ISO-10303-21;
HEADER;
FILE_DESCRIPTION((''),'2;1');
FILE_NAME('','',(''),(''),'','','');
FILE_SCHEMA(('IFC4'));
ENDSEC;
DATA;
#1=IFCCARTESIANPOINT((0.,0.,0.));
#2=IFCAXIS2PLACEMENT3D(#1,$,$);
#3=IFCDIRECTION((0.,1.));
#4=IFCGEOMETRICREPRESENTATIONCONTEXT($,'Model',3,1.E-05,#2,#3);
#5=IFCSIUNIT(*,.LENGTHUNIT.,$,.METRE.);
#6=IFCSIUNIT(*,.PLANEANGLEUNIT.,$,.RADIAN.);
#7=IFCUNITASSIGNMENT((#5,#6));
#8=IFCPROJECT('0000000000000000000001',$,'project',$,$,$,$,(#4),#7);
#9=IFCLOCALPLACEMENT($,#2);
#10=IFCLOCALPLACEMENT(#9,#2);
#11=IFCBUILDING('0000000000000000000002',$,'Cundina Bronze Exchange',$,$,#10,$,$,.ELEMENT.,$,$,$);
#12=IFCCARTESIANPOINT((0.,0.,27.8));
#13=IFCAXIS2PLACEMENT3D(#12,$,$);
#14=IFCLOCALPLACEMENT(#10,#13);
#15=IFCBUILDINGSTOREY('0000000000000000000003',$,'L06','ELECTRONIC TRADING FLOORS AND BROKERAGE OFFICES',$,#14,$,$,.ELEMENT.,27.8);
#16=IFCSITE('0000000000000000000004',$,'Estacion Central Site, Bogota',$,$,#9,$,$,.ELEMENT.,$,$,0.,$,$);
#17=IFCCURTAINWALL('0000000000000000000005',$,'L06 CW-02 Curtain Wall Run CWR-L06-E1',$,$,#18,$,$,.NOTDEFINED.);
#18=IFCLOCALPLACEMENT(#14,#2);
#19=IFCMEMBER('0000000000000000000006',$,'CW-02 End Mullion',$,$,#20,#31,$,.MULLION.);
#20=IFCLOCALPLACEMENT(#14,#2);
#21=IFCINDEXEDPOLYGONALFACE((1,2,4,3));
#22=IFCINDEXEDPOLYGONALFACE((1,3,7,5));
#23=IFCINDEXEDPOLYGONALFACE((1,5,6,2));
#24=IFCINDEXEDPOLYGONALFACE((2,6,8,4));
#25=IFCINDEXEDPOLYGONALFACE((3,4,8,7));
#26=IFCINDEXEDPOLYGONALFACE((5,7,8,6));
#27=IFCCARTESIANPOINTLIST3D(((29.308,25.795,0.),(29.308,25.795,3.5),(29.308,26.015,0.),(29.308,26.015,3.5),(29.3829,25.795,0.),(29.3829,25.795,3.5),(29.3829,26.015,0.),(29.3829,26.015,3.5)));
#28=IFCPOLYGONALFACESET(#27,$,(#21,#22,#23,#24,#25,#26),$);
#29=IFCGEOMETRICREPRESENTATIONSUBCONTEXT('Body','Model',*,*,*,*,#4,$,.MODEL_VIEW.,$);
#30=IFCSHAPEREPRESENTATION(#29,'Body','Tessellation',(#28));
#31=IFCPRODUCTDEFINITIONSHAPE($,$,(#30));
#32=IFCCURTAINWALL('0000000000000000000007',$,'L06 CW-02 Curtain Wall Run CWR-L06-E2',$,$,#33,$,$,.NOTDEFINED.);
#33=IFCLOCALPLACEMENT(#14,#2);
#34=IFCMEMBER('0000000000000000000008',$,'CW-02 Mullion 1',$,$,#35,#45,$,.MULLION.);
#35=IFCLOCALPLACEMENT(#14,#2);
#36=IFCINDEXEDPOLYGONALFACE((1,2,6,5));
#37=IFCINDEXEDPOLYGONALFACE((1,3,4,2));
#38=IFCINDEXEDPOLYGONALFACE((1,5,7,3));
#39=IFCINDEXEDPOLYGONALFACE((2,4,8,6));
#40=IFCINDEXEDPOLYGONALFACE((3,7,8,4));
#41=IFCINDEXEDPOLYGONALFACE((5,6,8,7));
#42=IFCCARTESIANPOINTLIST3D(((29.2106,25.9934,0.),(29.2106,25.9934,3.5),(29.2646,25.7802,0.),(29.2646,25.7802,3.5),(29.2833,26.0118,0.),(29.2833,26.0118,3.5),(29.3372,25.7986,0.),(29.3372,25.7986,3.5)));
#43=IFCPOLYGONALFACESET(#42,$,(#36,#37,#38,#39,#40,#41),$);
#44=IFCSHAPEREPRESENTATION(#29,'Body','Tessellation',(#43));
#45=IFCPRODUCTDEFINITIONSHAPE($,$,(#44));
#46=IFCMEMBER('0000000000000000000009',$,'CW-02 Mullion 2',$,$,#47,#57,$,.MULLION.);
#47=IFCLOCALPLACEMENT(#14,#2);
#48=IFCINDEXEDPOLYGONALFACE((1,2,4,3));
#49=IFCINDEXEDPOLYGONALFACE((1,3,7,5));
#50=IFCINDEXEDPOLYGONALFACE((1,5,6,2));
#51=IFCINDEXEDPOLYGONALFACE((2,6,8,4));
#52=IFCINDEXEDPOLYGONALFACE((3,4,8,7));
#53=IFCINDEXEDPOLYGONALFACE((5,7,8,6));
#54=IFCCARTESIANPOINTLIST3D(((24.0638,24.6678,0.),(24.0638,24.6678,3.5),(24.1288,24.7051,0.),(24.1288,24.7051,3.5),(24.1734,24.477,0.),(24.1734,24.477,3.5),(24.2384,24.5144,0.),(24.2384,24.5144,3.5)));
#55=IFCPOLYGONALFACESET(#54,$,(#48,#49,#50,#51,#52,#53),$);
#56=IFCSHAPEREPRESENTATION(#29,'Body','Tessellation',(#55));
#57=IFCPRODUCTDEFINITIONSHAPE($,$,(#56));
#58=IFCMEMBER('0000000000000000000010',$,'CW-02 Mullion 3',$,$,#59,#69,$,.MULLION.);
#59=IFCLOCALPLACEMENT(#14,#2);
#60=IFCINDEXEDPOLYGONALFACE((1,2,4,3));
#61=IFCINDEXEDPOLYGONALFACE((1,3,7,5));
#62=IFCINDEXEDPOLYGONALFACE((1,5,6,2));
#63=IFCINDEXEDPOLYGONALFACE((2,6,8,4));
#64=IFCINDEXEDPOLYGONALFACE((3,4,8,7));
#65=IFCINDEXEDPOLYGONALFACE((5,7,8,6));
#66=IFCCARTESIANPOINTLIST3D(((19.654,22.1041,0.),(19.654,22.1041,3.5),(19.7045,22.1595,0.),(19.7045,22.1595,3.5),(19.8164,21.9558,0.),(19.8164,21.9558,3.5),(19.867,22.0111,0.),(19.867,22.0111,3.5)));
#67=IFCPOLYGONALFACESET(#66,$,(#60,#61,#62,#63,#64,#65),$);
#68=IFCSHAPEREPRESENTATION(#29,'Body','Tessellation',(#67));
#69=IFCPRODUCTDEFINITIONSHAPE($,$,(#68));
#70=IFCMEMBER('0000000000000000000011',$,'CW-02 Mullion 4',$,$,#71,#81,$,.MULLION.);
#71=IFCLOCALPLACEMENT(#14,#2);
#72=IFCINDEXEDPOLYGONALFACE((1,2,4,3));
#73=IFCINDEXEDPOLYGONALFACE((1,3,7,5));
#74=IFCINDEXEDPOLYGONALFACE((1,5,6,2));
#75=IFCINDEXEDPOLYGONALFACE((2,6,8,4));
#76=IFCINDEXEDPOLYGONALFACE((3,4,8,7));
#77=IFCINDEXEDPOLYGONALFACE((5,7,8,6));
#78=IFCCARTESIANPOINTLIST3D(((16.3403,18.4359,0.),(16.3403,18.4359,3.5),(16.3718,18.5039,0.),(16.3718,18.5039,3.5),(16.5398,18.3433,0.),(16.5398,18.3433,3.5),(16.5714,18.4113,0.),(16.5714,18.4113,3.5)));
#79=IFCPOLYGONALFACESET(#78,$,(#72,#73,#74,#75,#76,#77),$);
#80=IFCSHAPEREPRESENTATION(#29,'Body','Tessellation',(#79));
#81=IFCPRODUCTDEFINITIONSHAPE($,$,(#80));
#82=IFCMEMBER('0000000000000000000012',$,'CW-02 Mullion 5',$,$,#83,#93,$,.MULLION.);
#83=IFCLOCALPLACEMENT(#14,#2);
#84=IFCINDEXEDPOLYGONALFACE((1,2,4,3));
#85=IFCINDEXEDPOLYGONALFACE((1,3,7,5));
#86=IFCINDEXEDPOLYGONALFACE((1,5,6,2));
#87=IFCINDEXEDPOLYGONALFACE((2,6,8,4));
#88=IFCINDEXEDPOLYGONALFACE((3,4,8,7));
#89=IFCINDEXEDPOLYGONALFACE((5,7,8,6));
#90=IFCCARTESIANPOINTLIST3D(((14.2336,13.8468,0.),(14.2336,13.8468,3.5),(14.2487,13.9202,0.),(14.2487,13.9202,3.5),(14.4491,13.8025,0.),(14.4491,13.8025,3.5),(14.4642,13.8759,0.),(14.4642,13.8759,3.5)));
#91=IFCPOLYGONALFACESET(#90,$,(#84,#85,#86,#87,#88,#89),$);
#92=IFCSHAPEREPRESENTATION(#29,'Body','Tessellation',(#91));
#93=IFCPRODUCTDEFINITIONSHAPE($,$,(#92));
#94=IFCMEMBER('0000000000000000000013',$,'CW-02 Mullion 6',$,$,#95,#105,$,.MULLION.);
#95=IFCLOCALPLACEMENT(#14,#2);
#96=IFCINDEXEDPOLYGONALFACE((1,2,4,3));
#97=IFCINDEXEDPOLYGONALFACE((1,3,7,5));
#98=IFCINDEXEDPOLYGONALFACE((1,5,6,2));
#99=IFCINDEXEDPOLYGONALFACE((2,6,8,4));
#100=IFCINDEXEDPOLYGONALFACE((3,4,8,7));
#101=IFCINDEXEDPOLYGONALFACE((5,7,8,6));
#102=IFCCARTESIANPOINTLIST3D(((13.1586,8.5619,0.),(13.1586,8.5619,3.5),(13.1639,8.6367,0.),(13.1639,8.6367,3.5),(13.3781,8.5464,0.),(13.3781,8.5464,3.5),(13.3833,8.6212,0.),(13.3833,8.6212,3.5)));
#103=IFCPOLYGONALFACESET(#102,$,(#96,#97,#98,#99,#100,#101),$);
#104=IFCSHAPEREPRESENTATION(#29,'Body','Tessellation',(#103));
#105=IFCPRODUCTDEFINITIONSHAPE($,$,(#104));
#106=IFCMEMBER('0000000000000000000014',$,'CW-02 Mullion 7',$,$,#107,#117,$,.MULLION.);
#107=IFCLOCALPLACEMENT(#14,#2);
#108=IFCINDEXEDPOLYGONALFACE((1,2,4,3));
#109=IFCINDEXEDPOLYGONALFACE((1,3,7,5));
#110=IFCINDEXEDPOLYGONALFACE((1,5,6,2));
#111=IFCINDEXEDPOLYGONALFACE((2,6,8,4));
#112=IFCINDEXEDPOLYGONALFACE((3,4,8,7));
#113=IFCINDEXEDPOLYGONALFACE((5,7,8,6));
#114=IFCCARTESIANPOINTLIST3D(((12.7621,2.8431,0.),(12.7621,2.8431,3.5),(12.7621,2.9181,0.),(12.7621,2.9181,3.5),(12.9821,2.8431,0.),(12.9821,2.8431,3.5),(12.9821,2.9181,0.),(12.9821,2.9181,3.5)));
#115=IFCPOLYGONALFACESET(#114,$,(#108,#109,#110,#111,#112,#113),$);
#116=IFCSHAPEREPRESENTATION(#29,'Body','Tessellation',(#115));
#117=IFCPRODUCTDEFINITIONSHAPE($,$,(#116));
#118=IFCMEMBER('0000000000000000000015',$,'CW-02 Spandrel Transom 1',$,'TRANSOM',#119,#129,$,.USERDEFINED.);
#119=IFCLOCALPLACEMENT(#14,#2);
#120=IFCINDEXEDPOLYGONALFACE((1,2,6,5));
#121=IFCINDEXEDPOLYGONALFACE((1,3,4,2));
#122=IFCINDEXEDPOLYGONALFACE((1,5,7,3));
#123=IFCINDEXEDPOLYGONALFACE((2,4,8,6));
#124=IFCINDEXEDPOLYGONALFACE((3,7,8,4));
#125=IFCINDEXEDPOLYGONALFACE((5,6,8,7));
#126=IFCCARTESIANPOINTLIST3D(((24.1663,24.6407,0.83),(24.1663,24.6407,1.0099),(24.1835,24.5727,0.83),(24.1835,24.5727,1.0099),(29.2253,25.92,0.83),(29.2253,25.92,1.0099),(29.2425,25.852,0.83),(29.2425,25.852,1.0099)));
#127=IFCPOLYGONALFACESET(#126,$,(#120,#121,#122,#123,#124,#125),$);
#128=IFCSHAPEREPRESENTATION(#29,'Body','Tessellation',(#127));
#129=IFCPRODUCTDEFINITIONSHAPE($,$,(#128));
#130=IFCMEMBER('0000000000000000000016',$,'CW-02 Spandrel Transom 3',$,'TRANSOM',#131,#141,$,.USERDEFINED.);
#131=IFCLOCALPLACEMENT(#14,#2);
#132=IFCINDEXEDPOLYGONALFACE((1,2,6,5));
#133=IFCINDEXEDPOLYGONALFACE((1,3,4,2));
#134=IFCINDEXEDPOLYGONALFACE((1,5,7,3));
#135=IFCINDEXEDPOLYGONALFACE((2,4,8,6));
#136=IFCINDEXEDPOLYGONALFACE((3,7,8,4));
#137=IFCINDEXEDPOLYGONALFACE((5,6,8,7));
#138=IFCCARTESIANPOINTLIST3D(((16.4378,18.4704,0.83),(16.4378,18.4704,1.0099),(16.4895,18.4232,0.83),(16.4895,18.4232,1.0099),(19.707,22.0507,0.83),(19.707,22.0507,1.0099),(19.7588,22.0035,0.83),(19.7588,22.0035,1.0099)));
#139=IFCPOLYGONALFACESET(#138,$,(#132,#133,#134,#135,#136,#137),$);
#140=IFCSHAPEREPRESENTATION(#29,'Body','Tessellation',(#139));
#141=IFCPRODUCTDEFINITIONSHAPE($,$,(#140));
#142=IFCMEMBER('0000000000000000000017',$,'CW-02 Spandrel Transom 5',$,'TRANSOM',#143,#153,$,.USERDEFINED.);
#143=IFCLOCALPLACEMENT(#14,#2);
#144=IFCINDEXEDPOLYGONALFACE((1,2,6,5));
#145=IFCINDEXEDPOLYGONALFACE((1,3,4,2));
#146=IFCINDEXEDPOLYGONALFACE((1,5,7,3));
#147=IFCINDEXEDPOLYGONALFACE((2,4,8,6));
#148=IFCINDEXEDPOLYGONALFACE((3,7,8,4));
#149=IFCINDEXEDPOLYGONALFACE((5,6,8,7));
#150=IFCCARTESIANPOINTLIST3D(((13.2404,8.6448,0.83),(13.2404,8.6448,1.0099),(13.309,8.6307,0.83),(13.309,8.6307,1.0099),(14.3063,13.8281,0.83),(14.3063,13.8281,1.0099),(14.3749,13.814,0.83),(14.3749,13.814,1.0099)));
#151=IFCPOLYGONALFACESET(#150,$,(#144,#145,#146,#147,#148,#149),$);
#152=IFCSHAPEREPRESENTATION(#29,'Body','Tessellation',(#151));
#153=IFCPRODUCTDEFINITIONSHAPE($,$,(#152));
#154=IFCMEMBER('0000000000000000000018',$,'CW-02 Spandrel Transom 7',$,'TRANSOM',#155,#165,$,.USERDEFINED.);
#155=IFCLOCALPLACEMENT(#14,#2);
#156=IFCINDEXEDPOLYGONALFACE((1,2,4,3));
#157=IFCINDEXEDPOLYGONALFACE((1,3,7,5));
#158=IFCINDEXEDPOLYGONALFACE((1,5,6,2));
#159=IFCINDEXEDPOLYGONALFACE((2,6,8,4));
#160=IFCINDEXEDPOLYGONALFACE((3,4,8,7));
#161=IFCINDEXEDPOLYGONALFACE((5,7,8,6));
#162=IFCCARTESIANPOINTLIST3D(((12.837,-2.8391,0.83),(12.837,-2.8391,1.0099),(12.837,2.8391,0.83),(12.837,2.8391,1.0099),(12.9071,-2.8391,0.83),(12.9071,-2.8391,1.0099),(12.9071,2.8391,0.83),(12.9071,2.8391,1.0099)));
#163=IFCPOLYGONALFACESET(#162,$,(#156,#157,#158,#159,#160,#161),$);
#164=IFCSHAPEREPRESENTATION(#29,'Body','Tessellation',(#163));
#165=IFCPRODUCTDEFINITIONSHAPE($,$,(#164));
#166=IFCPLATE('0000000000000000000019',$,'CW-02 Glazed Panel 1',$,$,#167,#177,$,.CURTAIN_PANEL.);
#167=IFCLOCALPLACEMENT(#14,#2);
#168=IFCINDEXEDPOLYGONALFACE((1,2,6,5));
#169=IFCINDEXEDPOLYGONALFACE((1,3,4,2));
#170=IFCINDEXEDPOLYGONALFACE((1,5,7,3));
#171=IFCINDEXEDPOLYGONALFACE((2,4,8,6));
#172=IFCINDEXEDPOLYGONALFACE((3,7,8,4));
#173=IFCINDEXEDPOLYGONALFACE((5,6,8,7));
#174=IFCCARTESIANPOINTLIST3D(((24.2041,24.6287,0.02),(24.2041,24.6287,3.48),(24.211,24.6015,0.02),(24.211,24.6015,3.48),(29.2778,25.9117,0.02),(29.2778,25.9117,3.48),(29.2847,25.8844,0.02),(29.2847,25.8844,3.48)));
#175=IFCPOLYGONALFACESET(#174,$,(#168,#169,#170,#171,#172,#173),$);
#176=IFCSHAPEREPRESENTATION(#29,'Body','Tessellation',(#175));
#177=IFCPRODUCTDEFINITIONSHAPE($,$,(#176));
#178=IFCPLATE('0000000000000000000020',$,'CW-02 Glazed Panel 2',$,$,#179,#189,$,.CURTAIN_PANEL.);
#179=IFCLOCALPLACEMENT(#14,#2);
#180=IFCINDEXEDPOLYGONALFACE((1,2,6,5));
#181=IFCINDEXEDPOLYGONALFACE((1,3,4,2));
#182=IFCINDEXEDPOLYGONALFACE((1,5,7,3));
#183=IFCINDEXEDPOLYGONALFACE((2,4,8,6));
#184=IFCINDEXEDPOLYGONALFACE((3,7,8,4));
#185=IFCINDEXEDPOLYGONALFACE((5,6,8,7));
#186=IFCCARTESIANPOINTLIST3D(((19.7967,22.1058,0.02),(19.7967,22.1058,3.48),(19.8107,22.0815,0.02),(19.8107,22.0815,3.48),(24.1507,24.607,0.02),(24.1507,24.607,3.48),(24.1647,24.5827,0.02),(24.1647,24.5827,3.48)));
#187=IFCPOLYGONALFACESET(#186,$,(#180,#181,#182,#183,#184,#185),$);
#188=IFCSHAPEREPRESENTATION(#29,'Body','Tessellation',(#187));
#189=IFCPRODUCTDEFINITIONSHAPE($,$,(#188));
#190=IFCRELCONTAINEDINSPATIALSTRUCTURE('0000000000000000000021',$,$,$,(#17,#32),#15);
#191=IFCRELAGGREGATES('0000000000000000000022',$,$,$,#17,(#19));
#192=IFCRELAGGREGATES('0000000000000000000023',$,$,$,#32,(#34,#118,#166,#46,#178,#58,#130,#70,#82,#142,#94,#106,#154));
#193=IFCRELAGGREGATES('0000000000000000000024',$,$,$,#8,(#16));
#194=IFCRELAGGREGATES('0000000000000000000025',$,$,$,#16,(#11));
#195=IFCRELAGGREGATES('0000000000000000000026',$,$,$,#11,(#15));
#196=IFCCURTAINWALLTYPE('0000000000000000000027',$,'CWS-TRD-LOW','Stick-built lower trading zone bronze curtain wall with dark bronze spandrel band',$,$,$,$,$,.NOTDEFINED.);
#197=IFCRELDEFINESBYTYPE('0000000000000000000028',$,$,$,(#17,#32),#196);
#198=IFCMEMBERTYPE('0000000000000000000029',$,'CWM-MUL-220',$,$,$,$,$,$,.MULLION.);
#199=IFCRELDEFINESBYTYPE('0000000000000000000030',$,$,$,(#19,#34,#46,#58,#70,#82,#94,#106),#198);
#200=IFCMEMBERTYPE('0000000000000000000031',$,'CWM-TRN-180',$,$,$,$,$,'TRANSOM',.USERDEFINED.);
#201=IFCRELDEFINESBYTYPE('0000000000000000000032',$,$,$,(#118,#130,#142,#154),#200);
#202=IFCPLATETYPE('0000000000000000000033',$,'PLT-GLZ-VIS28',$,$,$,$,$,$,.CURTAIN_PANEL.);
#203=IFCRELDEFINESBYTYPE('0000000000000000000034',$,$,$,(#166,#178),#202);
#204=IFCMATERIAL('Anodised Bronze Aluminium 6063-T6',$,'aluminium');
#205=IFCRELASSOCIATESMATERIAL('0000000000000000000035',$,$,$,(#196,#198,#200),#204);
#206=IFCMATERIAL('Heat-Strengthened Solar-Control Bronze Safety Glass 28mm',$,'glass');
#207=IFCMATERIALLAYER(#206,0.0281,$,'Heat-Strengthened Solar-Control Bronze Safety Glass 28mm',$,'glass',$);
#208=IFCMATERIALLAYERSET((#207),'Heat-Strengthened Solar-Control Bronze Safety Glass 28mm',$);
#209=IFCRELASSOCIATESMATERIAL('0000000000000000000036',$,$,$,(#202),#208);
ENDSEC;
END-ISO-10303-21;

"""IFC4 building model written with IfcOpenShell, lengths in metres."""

from ifc_helpers import new_model, si_unit, direction, frame, origin, origin_2d, place, context, subcontext, project, spatial, rectangle, extrude, material, layer, layer_set, material_profile, profile_set, type_object, element, aggregate, save


model = new_model("IFC4")

# Units and contexts
model_context = context("Model", 3, precision=1e-05, world=origin(), true_north=direction((0.0, 1.0)))
body_context = subcontext(model_context, "Body", "Model", "MODEL_VIEW")
ifc_project = project(units=[si_unit("LENGTHUNIT", "METRE"), si_unit("PLANEANGLEUNIT", "RADIAN")], contexts=[model_context])

# Site, building, storey
site_placement = place(None, origin())
site = spatial("IfcSite", under=ifc_project, at=site_placement, Name="Estacion Central Site, Bogota", CompositionType="ELEMENT", RefElevation=0.0)
building_placement = place(site_placement, origin())
building = spatial("IfcBuilding", under=site, at=building_placement, Name="Cundina Bronze Exchange", CompositionType="ELEMENT")
storey_placement = place(building_placement, frame((0.0, 0.0, 27.8)))
storey = spatial("IfcBuildingStorey", under=building, at=storey_placement, Name="L06", Description="ELECTRONIC TRADING FLOORS AND BROKERAGE OFFICES", CompositionType="ELEMENT", Elevation=27.8)

# Curtain wall, member
ifc_material_1 = material(Name="Anodised Bronze Aluminium 6063-T6", Category="aluminium")
curtain_wall_type = type_object("IfcCurtainWallType", Name="CWS-TRD-LOW", Description="Stick-built lower trading zone bronze curtain wall with dark bronze spandrel band", PredefinedType="NOTDEFINED", material=ifc_material_1)
curtain_wall_1_placement = place(storey_placement, origin())
curtain_wall_1 = element("IfcCurtainWall", 1, at=curtain_wall_1_placement, inside=storey, type_object=curtain_wall_type, Name="L06 CW-02 Curtain Wall Run CWR-L06-E1", PredefinedType="NOTDEFINED")
ifc_material_profile_1 = material_profile(ifc_material_1, rectangle(XDim=0.075, YDim=0.22, at=origin_2d()), Name="AL75X220", Category="aluminium")
ifc_profile_set_1 = profile_set([ifc_material_profile_1], Name="Anodised Bronze Aluminium 6063-T6")
member_type_1 = type_object("IfcMemberType", Name="CWM-MUL-220", PredefinedType="MULLION", material=ifc_profile_set_1)
member_1_placement = place(storey_placement, frame((29.3455, 25.905, 0.0), z_axis=(0.0, 0.0, 1.0), x_axis=(-1.0, 0.0, 0.0)))
member_1 = element("IfcMember", 2, at=member_1_placement, type_object=member_type_1, Name="CW-02 End Mullion", PredefinedType="MULLION", context=body_context, shape_type="SweptSolid", body=[
    extrude(rectangle(XDim=0.075, YDim=0.22, at=origin_2d()), origin(), (0.0, 0.0, 1.0), 3.5),
])
aggregate(curtain_wall_1, [member_1])

# Curtain wall, members, plates
curtain_wall_2_placement = place(storey_placement, origin())
curtain_wall_2 = element("IfcCurtainWall", 3, at=curtain_wall_2_placement, inside=storey, type_object=curtain_wall_type, Name="L06 CW-02 Curtain Wall Run CWR-L06-E2", PredefinedType="NOTDEFINED")
member_2_placement = place(storey_placement, frame((29.2739, 25.896, 0.0), z_axis=(0.0, 0.0, 1.0), x_axis=(-0.969488, -0.245138, 0.0)))
member_2 = element("IfcMember", 4, at=member_2_placement, type_object=member_type_1, Name="CW-02 Mullion 1", PredefinedType="MULLION", context=body_context, shape_type="SweptSolid", body=[
    extrude(rectangle(XDim=0.075, YDim=0.22, at=origin_2d()), origin(), (0.0, 0.0, 1.0), 3.5),
])
member_3_placement = place(storey_placement, frame((24.1511, 24.5911, 0.0), z_axis=(0.0, 0.0, 1.0), x_axis=(-0.867071, -0.498185, 0.0)))
member_3 = element("IfcMember", 5, at=member_3_placement, type_object=member_type_1, Name="CW-02 Mullion 2", PredefinedType="MULLION", context=body_context, shape_type="SweptSolid", body=[
    extrude(rectangle(XDim=0.075, YDim=0.22, at=origin_2d()), origin(), (0.0, 0.0, 1.0), 3.5),
])
member_4_placement = place(storey_placement, frame((19.7605, 22.0576, 0.0), z_axis=(0.0, 0.0, 1.0), x_axis=(-0.674302, -0.738455, 0.0)))
member_4 = element("IfcMember", 6, at=member_4_placement, type_object=member_type_1, Name="CW-02 Mullion 3", PredefinedType="MULLION", context=body_context, shape_type="SweptSolid", body=[
    extrude(rectangle(XDim=0.075, YDim=0.22, at=origin_2d()), origin(), (0.0, 0.0, 1.0), 3.5),
])
member_5_placement = place(storey_placement, frame((16.4558, 18.4236, 0.0), z_axis=(0.0, 0.0, 1.0), x_axis=(-0.420877, -0.907117, 0.0)))
member_5 = element("IfcMember", 7, at=member_5_placement, type_object=member_type_1, Name="CW-02 Mullion 4", PredefinedType="MULLION", context=body_context, shape_type="SweptSolid", body=[
    extrude(rectangle(XDim=0.075, YDim=0.22, at=origin_2d()), origin(), (0.0, 0.0, 1.0), 3.5),
])
member_6_placement = place(storey_placement, frame((14.3489, 13.8613, 0.0), z_axis=(0.0, 0.0, 1.0), x_axis=(-0.20142, -0.979505, 0.0)))
member_6 = element("IfcMember", 8, at=member_6_placement, type_object=member_type_1, Name="CW-02 Mullion 5", PredefinedType="MULLION", context=body_context, shape_type="SweptSolid", body=[
    extrude(rectangle(XDim=0.075, YDim=0.22, at=origin_2d()), origin(), (0.0, 0.0, 1.0), 3.5),
])
member_7_placement = place(storey_placement, frame((13.271, 8.5916, 0.0), z_axis=(0.0, 0.0, 1.0), x_axis=(-0.070279, -0.997527, 0.0)))
member_7 = element("IfcMember", 9, at=member_7_placement, type_object=member_type_1, Name="CW-02 Mullion 6", PredefinedType="MULLION", context=body_context, shape_type="SweptSolid", body=[
    extrude(rectangle(XDim=0.075, YDim=0.22, at=origin_2d()), origin(), (0.0, 0.0, 1.0), 3.5),
])
member_8_placement = place(storey_placement, frame((12.8721, 2.8806, 0.0), z_axis=(0.0, 0.0, 1.0), x_axis=(0.0, -1.0, 0.0)))
member_8 = element("IfcMember", 10, at=member_8_placement, type_object=member_type_1, Name="CW-02 Mullion 7", PredefinedType="MULLION", context=body_context, shape_type="SweptSolid", body=[
    extrude(rectangle(XDim=0.075, YDim=0.22, at=origin_2d()), origin(), (0.0, 0.0, 1.0), 3.5),
])
ifc_material_profile_2 = material_profile(ifc_material_1, rectangle(XDim=0.0701, YDim=0.1799, at=origin_2d()), Name="AL70X180", Category="aluminium")
ifc_profile_set_2 = profile_set([ifc_material_profile_2], Name="Anodised Bronze Aluminium 6063-T6")
member_type_2 = type_object("IfcMemberType", Name="CWM-TRN-180", ElementType="TRANSOM", PredefinedType="USERDEFINED", material=ifc_profile_set_2)
member_9_placement = place(storey_placement, frame((29.2339, 25.886, 0.9199), z_axis=(-0.969484, -0.245155, 0.0), x_axis=(0.245155, -0.969484, 0.0)))
member_9 = element("IfcMember", 11, at=member_9_placement, type_object=member_type_2, Name="CW-02 Spandrel Transom 1", ObjectType="TRANSOM", PredefinedType="USERDEFINED", context=body_context, shape_type="SweptSolid", body=[
    extrude(rectangle(XDim=0.0701, YDim=0.1799, at=origin_2d()), origin(), (0.0, 0.0, 1.0), 5.2183),
])
member_10_placement = place(storey_placement, frame((19.7329, 22.0271, 0.9199), z_axis=(-0.674303, -0.738455, 0.0), x_axis=(0.738455, -0.674303, 0.0)))
member_10 = element("IfcMember", 12, at=member_10_placement, type_object=member_type_2, Name="CW-02 Spandrel Transom 3", ObjectType="TRANSOM", PredefinedType="USERDEFINED", context=body_context, shape_type="SweptSolid", body=[
    extrude(rectangle(XDim=0.0701, YDim=0.1799, at=origin_2d()), origin(), (0.0, 0.0, 1.0), 4.8484),
])
member_11_placement = place(storey_placement, frame((14.3406, 13.821, 0.9199), z_axis=(-0.201428, -0.979503, 0.0), x_axis=(0.979503, -0.201428, 0.0)))
member_11 = element("IfcMember", 13, at=member_11_placement, type_object=member_type_2, Name="CW-02 Spandrel Transom 5", ObjectType="TRANSOM", PredefinedType="USERDEFINED", context=body_context, shape_type="SweptSolid", body=[
    extrude(rectangle(XDim=0.0701, YDim=0.1799, at=origin_2d()), origin(), (0.0, 0.0, 1.0), 5.2917),
])
member_12_placement = place(storey_placement, frame((12.8721, 2.8391, 0.9199), z_axis=(0.0, -1.0, 0.0), x_axis=(1.0, 0.0, 0.0)))
member_12 = element("IfcMember", 14, at=member_12_placement, type_object=member_type_2, Name="CW-02 Spandrel Transom 7", ObjectType="TRANSOM", PredefinedType="USERDEFINED", context=body_context, shape_type="SweptSolid", body=[
    extrude(rectangle(XDim=0.0701, YDim=0.1799, at=origin_2d()), origin(), (0.0, 0.0, 1.0), 5.6782),
])
ifc_material_2 = material(Name="Heat-Strengthened Solar-Control Bronze Safety Glass 28mm", Category="glass")
ifc_layer_1 = layer(ifc_material_2, 0.0281, Name="Heat-Strengthened Solar-Control Bronze Safety Glass 28mm", Category="glass")
ifc_layer_set_1 = layer_set([ifc_layer_1], Name="Heat-Strengthened Solar-Control Bronze Safety Glass 28mm")
plate_type_1 = type_object("IfcPlateType", Name="PLT-GLZ-VIS28", PredefinedType="CURTAIN_PANEL", material=ifc_layer_set_1)
plate_1_placement = place(storey_placement, frame((26.7444, 25.2566, 0.02), z_axis=(0.0, 0.0, 1.0), x_axis=(-0.969488, -0.245138, 0.0)))
plate_1 = element("IfcPlate", 15, at=plate_1_placement, type_object=plate_type_1, Name="CW-02 Glazed Panel 1", PredefinedType="CURTAIN_PANEL", context=body_context, shape_type="SweptSolid", body=[
    extrude(rectangle(XDim=5.2334, YDim=0.0281, at=origin_2d()), origin(), (0.0, 0.0, 1.0), 3.46),
])
plate_2_placement = place(storey_placement, frame((21.9807, 23.3442, 0.02), z_axis=(0.0, 0.0, 1.0), x_axis=(-0.867105, -0.498125, 0.0)))
plate_2 = element("IfcPlate", 16, at=plate_2_placement, type_object=plate_type_1, Name="CW-02 Glazed Panel 2", PredefinedType="CURTAIN_PANEL", context=body_context, shape_type="SweptSolid", body=[
    extrude(rectangle(XDim=5.0212, YDim=0.0281, at=origin_2d()), origin(), (0.0, 0.0, 1.0), 3.46),
])
aggregate(curtain_wall_2, [member_2, member_9, plate_1, member_3, plate_2, member_4, member_10, member_5, member_6, member_11, member_7, member_8, member_12])

save(model, "model.ifc")
